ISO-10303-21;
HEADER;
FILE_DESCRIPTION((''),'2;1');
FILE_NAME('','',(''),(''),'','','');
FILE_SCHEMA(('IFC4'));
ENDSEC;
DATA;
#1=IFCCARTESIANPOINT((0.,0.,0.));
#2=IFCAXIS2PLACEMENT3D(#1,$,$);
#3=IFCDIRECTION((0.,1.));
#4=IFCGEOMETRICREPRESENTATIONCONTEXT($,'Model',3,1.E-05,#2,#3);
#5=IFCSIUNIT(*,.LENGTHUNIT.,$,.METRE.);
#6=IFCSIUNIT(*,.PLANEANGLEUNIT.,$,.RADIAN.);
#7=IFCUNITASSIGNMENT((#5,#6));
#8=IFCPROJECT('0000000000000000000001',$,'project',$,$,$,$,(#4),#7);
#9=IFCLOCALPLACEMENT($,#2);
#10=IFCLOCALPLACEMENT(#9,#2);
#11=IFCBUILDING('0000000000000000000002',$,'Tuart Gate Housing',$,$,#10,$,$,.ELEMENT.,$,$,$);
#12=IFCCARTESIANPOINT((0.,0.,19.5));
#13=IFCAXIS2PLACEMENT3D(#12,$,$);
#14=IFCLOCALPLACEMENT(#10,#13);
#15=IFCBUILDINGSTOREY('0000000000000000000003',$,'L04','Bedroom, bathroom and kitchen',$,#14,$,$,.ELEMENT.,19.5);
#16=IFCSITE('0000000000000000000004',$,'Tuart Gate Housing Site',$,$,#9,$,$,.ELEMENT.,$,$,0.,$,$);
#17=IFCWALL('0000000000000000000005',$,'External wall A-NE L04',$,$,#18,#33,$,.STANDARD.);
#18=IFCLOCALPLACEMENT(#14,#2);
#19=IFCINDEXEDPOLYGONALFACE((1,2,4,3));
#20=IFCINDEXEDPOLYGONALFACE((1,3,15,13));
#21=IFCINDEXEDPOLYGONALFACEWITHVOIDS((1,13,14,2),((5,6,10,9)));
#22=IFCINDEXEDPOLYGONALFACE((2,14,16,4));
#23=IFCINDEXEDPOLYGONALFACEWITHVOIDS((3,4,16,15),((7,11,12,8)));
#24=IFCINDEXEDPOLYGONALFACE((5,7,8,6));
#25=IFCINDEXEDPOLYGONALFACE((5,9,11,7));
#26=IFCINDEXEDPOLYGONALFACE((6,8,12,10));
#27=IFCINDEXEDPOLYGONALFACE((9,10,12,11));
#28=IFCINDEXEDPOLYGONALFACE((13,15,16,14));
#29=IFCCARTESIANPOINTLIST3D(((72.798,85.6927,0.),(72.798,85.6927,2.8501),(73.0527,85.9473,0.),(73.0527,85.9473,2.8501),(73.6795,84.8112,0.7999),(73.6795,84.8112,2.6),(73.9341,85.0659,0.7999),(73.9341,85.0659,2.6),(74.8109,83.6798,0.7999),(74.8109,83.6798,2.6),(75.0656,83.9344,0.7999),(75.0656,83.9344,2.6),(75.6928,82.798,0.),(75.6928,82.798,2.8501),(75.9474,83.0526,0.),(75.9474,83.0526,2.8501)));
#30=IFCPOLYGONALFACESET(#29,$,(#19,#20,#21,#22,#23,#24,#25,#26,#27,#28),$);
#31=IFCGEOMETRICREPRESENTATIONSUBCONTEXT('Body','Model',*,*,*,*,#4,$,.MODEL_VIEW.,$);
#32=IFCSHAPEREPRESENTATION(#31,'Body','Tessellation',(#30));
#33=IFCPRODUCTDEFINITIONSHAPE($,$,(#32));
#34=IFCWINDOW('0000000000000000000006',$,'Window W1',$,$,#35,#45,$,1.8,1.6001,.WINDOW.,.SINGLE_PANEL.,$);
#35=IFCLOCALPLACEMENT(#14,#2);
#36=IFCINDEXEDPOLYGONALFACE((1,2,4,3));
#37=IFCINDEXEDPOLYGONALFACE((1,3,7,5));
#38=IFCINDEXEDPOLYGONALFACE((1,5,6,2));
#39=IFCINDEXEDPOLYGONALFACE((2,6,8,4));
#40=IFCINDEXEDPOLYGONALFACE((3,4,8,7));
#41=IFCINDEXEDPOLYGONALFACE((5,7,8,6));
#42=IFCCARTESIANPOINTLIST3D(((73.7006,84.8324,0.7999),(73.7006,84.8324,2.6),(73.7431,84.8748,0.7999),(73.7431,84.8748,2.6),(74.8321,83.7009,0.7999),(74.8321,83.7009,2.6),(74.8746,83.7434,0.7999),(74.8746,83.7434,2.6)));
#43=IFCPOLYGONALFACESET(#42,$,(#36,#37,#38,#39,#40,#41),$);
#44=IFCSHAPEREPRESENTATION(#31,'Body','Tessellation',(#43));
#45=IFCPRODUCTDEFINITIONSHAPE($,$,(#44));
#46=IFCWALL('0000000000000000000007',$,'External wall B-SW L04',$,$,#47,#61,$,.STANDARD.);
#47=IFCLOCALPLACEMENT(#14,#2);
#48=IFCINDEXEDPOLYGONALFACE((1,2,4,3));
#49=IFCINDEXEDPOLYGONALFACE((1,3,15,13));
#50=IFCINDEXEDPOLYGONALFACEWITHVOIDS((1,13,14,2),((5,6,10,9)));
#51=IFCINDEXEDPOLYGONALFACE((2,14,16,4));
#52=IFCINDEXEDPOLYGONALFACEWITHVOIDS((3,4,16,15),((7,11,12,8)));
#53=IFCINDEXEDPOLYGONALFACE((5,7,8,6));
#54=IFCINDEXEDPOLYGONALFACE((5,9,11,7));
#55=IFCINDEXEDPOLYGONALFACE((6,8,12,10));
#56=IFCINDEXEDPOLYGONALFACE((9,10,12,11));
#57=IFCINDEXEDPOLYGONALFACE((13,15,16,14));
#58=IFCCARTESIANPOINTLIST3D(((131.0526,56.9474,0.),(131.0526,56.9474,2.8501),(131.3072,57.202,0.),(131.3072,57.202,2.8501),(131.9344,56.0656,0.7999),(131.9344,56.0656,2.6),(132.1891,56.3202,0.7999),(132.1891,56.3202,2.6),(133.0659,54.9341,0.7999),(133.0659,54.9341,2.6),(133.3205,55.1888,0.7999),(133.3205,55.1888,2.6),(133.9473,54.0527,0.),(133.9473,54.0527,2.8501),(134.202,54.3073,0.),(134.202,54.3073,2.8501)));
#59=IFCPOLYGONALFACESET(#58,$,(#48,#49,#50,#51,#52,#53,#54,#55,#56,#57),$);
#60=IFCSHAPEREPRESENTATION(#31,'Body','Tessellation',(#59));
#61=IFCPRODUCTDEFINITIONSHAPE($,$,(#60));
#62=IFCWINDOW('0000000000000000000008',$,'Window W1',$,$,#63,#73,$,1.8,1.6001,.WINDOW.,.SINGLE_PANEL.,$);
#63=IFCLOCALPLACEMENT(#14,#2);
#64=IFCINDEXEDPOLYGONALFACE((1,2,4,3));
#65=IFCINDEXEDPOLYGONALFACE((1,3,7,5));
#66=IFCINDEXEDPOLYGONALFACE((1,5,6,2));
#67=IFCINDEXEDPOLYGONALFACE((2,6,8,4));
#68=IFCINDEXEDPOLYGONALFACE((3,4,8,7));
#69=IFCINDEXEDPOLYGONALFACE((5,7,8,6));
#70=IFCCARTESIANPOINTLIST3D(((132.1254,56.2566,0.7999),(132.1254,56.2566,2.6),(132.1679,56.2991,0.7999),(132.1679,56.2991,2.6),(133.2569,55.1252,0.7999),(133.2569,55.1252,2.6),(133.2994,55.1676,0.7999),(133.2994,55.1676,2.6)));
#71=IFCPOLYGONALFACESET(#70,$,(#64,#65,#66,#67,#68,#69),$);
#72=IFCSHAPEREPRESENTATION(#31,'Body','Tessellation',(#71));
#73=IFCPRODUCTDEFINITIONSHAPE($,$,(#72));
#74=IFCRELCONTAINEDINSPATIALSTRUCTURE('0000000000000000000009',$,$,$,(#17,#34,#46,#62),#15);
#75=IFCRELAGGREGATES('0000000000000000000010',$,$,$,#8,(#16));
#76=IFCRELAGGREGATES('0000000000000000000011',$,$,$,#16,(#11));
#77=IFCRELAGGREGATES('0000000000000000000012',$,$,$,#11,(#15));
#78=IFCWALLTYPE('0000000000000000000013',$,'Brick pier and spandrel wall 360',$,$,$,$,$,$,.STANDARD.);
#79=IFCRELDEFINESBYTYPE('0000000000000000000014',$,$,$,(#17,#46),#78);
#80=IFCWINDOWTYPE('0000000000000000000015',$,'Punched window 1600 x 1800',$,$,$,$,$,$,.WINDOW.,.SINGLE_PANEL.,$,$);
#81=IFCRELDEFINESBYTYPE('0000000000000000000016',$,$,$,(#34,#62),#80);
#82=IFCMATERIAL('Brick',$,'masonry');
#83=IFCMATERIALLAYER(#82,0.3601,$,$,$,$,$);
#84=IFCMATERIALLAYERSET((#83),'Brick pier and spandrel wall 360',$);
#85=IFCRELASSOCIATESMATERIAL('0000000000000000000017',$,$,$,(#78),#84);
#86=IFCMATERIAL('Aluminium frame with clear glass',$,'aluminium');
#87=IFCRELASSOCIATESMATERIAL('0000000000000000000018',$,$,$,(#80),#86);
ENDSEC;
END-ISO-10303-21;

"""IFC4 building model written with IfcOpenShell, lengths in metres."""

from ifc_helpers import new_model, si_unit, direction, frame, frame_2d, origin, place, context, subcontext, project, spatial, rectangle, extrude, material, layer, layer_set, type_object, element, fill, save


model = new_model("IFC4")

# Units and contexts
model_context = context("Model", 3, precision=1e-05, world=origin(), true_north=direction((0.0, 1.0)))
body_context = subcontext(model_context, "Body", "Model", "MODEL_VIEW")
ifc_project = project(units=[si_unit("LENGTHUNIT", "METRE"), si_unit("PLANEANGLEUNIT", "RADIAN")], contexts=[model_context])

# Site, building, storey
site_placement = place(None, origin())
site = spatial("IfcSite", under=ifc_project, at=site_placement, Name="Tuart Gate Housing Site", CompositionType="ELEMENT", RefElevation=0.0)
building_placement = place(site_placement, origin())
building = spatial("IfcBuilding", under=site, at=building_placement, Name="Tuart Gate Housing", CompositionType="ELEMENT")
storey_placement = place(building_placement, frame((0.0, 0.0, 19.5)))
storey = spatial("IfcBuildingStorey", under=building, at=storey_placement, Name="L04", Description="Bedroom, bathroom and kitchen", CompositionType="ELEMENT", Elevation=19.5)

# Shared definitions
ifc_material_1 = material(Name="Brick", Category="masonry")
ifc_layer_1 = layer(ifc_material_1, 0.3601)
ifc_layer_set_1 = layer_set([ifc_layer_1], Name="Brick pier and spandrel wall 360")
wall_type_1 = type_object("IfcWallType", Name="Brick pier and spandrel wall 360", PredefinedType="STANDARD", material=ifc_layer_set_1)
ifc_material_2 = material(Name="Aluminium frame with clear glass", Category="aluminium")
window_type_1 = type_object("IfcWindowType", Name="Punched window 1600 x 1800", PartitioningType="SINGLE_PANEL", PredefinedType="WINDOW", material=ifc_material_2)

# Walls, openings, windows
wall_1_placement = place(storey_placement, frame((75.8201, 82.9253, 0.0), z_axis=(0.0, 0.0, 1.0), x_axis=(-0.707107, 0.707107, 0.0)))
wall_1 = element("IfcWall", 1, at=wall_1_placement, inside=storey, type_object=wall_type_1, Name="External wall A-NE L04", PredefinedType="STANDARD", context=body_context, shape_type="SweptSolid", body=[
    extrude(rectangle(XDim=4.0938, YDim=0.3601, at=frame_2d((2.0469, 0.0))), origin(), (0.0, 0.0, 1.0), 2.8501),
])
opening_1_placement = place(wall_1_placement, frame((1.2471, 0.0, 0.8)))
opening_1 = element("IfcOpeningElement", 2, at=opening_1_placement, cuts=wall_1, PredefinedType="OPENING", context=body_context, shape_type="SweptSolid", body=[
    extrude(rectangle(XDim=1.6001, YDim=1.8, at=frame_2d((0.8, 0.8999))), frame((0.0, 0.1899, 0.0), z_axis=(0.0, -1.0, 0.0), x_axis=(1.0, 0.0, 0.0)), (0.0, 0.0, 1.0), 0.3801),
])
window_1_placement = place(opening_1_placement, origin())
window_1 = element("IfcWindow", 3, at=window_1_placement, inside=storey, type_object=window_type_1, Name="Window W1", OverallHeight=1.8, OverallWidth=1.6001, PartitioningType="SINGLE_PANEL", PredefinedType="WINDOW", context=body_context, shape_type="SweptSolid", body=[
    extrude(rectangle(XDim=1.6001, YDim=1.8, at=frame_2d((0.8, 0.8999))), frame((0.0, 0.1501, 0.0), z_axis=(0.0, -1.0, 0.0), x_axis=(1.0, 0.0, 0.0)), (0.0, 0.0, 1.0), 0.0601),
])
fill(opening_1, window_1)
wall_2_placement = place(storey_placement, frame((131.1799, 57.0747, 0.0), z_axis=(0.0, 0.0, 1.0), x_axis=(0.707107, -0.707107, 0.0)))
wall_2 = element("IfcWall", 4, at=wall_2_placement, inside=storey, type_object=wall_type_1, Name="External wall B-SW L04", PredefinedType="STANDARD", context=body_context, shape_type="SweptSolid", body=[
    extrude(rectangle(XDim=4.0938, YDim=0.3601, at=frame_2d((2.0469, 0.0))), origin(), (0.0, 0.0, 1.0), 2.8501),
])
opening_2_placement = place(wall_2_placement, frame((1.2471, 0.0, 0.8)))
opening_2 = element("IfcOpeningElement", 5, at=opening_2_placement, cuts=wall_2, PredefinedType="OPENING", context=body_context, shape_type="SweptSolid", body=[
    extrude(rectangle(XDim=1.6001, YDim=1.8, at=frame_2d((0.8, 0.8999))), frame((0.0, 0.1899, 0.0), z_axis=(0.0, -1.0, 0.0), x_axis=(1.0, 0.0, 0.0)), (0.0, 0.0, 1.0), 0.3801),
])
window_2_placement = place(opening_2_placement, origin())
window_2 = element("IfcWindow", 6, at=window_2_placement, inside=storey, type_object=window_type_1, Name="Window W1", OverallHeight=1.8, OverallWidth=1.6001, PartitioningType="SINGLE_PANEL", PredefinedType="WINDOW", context=body_context, shape_type="SweptSolid", body=[
    extrude(rectangle(XDim=1.6001, YDim=1.8, at=frame_2d((0.8, 0.8999))), frame((0.0, 0.1501, 0.0), z_axis=(0.0, -1.0, 0.0), x_axis=(1.0, 0.0, 0.0)), (0.0, 0.0, 1.0), 0.0601),
])
fill(opening_2, window_2)

save(model, "model.ifc")
